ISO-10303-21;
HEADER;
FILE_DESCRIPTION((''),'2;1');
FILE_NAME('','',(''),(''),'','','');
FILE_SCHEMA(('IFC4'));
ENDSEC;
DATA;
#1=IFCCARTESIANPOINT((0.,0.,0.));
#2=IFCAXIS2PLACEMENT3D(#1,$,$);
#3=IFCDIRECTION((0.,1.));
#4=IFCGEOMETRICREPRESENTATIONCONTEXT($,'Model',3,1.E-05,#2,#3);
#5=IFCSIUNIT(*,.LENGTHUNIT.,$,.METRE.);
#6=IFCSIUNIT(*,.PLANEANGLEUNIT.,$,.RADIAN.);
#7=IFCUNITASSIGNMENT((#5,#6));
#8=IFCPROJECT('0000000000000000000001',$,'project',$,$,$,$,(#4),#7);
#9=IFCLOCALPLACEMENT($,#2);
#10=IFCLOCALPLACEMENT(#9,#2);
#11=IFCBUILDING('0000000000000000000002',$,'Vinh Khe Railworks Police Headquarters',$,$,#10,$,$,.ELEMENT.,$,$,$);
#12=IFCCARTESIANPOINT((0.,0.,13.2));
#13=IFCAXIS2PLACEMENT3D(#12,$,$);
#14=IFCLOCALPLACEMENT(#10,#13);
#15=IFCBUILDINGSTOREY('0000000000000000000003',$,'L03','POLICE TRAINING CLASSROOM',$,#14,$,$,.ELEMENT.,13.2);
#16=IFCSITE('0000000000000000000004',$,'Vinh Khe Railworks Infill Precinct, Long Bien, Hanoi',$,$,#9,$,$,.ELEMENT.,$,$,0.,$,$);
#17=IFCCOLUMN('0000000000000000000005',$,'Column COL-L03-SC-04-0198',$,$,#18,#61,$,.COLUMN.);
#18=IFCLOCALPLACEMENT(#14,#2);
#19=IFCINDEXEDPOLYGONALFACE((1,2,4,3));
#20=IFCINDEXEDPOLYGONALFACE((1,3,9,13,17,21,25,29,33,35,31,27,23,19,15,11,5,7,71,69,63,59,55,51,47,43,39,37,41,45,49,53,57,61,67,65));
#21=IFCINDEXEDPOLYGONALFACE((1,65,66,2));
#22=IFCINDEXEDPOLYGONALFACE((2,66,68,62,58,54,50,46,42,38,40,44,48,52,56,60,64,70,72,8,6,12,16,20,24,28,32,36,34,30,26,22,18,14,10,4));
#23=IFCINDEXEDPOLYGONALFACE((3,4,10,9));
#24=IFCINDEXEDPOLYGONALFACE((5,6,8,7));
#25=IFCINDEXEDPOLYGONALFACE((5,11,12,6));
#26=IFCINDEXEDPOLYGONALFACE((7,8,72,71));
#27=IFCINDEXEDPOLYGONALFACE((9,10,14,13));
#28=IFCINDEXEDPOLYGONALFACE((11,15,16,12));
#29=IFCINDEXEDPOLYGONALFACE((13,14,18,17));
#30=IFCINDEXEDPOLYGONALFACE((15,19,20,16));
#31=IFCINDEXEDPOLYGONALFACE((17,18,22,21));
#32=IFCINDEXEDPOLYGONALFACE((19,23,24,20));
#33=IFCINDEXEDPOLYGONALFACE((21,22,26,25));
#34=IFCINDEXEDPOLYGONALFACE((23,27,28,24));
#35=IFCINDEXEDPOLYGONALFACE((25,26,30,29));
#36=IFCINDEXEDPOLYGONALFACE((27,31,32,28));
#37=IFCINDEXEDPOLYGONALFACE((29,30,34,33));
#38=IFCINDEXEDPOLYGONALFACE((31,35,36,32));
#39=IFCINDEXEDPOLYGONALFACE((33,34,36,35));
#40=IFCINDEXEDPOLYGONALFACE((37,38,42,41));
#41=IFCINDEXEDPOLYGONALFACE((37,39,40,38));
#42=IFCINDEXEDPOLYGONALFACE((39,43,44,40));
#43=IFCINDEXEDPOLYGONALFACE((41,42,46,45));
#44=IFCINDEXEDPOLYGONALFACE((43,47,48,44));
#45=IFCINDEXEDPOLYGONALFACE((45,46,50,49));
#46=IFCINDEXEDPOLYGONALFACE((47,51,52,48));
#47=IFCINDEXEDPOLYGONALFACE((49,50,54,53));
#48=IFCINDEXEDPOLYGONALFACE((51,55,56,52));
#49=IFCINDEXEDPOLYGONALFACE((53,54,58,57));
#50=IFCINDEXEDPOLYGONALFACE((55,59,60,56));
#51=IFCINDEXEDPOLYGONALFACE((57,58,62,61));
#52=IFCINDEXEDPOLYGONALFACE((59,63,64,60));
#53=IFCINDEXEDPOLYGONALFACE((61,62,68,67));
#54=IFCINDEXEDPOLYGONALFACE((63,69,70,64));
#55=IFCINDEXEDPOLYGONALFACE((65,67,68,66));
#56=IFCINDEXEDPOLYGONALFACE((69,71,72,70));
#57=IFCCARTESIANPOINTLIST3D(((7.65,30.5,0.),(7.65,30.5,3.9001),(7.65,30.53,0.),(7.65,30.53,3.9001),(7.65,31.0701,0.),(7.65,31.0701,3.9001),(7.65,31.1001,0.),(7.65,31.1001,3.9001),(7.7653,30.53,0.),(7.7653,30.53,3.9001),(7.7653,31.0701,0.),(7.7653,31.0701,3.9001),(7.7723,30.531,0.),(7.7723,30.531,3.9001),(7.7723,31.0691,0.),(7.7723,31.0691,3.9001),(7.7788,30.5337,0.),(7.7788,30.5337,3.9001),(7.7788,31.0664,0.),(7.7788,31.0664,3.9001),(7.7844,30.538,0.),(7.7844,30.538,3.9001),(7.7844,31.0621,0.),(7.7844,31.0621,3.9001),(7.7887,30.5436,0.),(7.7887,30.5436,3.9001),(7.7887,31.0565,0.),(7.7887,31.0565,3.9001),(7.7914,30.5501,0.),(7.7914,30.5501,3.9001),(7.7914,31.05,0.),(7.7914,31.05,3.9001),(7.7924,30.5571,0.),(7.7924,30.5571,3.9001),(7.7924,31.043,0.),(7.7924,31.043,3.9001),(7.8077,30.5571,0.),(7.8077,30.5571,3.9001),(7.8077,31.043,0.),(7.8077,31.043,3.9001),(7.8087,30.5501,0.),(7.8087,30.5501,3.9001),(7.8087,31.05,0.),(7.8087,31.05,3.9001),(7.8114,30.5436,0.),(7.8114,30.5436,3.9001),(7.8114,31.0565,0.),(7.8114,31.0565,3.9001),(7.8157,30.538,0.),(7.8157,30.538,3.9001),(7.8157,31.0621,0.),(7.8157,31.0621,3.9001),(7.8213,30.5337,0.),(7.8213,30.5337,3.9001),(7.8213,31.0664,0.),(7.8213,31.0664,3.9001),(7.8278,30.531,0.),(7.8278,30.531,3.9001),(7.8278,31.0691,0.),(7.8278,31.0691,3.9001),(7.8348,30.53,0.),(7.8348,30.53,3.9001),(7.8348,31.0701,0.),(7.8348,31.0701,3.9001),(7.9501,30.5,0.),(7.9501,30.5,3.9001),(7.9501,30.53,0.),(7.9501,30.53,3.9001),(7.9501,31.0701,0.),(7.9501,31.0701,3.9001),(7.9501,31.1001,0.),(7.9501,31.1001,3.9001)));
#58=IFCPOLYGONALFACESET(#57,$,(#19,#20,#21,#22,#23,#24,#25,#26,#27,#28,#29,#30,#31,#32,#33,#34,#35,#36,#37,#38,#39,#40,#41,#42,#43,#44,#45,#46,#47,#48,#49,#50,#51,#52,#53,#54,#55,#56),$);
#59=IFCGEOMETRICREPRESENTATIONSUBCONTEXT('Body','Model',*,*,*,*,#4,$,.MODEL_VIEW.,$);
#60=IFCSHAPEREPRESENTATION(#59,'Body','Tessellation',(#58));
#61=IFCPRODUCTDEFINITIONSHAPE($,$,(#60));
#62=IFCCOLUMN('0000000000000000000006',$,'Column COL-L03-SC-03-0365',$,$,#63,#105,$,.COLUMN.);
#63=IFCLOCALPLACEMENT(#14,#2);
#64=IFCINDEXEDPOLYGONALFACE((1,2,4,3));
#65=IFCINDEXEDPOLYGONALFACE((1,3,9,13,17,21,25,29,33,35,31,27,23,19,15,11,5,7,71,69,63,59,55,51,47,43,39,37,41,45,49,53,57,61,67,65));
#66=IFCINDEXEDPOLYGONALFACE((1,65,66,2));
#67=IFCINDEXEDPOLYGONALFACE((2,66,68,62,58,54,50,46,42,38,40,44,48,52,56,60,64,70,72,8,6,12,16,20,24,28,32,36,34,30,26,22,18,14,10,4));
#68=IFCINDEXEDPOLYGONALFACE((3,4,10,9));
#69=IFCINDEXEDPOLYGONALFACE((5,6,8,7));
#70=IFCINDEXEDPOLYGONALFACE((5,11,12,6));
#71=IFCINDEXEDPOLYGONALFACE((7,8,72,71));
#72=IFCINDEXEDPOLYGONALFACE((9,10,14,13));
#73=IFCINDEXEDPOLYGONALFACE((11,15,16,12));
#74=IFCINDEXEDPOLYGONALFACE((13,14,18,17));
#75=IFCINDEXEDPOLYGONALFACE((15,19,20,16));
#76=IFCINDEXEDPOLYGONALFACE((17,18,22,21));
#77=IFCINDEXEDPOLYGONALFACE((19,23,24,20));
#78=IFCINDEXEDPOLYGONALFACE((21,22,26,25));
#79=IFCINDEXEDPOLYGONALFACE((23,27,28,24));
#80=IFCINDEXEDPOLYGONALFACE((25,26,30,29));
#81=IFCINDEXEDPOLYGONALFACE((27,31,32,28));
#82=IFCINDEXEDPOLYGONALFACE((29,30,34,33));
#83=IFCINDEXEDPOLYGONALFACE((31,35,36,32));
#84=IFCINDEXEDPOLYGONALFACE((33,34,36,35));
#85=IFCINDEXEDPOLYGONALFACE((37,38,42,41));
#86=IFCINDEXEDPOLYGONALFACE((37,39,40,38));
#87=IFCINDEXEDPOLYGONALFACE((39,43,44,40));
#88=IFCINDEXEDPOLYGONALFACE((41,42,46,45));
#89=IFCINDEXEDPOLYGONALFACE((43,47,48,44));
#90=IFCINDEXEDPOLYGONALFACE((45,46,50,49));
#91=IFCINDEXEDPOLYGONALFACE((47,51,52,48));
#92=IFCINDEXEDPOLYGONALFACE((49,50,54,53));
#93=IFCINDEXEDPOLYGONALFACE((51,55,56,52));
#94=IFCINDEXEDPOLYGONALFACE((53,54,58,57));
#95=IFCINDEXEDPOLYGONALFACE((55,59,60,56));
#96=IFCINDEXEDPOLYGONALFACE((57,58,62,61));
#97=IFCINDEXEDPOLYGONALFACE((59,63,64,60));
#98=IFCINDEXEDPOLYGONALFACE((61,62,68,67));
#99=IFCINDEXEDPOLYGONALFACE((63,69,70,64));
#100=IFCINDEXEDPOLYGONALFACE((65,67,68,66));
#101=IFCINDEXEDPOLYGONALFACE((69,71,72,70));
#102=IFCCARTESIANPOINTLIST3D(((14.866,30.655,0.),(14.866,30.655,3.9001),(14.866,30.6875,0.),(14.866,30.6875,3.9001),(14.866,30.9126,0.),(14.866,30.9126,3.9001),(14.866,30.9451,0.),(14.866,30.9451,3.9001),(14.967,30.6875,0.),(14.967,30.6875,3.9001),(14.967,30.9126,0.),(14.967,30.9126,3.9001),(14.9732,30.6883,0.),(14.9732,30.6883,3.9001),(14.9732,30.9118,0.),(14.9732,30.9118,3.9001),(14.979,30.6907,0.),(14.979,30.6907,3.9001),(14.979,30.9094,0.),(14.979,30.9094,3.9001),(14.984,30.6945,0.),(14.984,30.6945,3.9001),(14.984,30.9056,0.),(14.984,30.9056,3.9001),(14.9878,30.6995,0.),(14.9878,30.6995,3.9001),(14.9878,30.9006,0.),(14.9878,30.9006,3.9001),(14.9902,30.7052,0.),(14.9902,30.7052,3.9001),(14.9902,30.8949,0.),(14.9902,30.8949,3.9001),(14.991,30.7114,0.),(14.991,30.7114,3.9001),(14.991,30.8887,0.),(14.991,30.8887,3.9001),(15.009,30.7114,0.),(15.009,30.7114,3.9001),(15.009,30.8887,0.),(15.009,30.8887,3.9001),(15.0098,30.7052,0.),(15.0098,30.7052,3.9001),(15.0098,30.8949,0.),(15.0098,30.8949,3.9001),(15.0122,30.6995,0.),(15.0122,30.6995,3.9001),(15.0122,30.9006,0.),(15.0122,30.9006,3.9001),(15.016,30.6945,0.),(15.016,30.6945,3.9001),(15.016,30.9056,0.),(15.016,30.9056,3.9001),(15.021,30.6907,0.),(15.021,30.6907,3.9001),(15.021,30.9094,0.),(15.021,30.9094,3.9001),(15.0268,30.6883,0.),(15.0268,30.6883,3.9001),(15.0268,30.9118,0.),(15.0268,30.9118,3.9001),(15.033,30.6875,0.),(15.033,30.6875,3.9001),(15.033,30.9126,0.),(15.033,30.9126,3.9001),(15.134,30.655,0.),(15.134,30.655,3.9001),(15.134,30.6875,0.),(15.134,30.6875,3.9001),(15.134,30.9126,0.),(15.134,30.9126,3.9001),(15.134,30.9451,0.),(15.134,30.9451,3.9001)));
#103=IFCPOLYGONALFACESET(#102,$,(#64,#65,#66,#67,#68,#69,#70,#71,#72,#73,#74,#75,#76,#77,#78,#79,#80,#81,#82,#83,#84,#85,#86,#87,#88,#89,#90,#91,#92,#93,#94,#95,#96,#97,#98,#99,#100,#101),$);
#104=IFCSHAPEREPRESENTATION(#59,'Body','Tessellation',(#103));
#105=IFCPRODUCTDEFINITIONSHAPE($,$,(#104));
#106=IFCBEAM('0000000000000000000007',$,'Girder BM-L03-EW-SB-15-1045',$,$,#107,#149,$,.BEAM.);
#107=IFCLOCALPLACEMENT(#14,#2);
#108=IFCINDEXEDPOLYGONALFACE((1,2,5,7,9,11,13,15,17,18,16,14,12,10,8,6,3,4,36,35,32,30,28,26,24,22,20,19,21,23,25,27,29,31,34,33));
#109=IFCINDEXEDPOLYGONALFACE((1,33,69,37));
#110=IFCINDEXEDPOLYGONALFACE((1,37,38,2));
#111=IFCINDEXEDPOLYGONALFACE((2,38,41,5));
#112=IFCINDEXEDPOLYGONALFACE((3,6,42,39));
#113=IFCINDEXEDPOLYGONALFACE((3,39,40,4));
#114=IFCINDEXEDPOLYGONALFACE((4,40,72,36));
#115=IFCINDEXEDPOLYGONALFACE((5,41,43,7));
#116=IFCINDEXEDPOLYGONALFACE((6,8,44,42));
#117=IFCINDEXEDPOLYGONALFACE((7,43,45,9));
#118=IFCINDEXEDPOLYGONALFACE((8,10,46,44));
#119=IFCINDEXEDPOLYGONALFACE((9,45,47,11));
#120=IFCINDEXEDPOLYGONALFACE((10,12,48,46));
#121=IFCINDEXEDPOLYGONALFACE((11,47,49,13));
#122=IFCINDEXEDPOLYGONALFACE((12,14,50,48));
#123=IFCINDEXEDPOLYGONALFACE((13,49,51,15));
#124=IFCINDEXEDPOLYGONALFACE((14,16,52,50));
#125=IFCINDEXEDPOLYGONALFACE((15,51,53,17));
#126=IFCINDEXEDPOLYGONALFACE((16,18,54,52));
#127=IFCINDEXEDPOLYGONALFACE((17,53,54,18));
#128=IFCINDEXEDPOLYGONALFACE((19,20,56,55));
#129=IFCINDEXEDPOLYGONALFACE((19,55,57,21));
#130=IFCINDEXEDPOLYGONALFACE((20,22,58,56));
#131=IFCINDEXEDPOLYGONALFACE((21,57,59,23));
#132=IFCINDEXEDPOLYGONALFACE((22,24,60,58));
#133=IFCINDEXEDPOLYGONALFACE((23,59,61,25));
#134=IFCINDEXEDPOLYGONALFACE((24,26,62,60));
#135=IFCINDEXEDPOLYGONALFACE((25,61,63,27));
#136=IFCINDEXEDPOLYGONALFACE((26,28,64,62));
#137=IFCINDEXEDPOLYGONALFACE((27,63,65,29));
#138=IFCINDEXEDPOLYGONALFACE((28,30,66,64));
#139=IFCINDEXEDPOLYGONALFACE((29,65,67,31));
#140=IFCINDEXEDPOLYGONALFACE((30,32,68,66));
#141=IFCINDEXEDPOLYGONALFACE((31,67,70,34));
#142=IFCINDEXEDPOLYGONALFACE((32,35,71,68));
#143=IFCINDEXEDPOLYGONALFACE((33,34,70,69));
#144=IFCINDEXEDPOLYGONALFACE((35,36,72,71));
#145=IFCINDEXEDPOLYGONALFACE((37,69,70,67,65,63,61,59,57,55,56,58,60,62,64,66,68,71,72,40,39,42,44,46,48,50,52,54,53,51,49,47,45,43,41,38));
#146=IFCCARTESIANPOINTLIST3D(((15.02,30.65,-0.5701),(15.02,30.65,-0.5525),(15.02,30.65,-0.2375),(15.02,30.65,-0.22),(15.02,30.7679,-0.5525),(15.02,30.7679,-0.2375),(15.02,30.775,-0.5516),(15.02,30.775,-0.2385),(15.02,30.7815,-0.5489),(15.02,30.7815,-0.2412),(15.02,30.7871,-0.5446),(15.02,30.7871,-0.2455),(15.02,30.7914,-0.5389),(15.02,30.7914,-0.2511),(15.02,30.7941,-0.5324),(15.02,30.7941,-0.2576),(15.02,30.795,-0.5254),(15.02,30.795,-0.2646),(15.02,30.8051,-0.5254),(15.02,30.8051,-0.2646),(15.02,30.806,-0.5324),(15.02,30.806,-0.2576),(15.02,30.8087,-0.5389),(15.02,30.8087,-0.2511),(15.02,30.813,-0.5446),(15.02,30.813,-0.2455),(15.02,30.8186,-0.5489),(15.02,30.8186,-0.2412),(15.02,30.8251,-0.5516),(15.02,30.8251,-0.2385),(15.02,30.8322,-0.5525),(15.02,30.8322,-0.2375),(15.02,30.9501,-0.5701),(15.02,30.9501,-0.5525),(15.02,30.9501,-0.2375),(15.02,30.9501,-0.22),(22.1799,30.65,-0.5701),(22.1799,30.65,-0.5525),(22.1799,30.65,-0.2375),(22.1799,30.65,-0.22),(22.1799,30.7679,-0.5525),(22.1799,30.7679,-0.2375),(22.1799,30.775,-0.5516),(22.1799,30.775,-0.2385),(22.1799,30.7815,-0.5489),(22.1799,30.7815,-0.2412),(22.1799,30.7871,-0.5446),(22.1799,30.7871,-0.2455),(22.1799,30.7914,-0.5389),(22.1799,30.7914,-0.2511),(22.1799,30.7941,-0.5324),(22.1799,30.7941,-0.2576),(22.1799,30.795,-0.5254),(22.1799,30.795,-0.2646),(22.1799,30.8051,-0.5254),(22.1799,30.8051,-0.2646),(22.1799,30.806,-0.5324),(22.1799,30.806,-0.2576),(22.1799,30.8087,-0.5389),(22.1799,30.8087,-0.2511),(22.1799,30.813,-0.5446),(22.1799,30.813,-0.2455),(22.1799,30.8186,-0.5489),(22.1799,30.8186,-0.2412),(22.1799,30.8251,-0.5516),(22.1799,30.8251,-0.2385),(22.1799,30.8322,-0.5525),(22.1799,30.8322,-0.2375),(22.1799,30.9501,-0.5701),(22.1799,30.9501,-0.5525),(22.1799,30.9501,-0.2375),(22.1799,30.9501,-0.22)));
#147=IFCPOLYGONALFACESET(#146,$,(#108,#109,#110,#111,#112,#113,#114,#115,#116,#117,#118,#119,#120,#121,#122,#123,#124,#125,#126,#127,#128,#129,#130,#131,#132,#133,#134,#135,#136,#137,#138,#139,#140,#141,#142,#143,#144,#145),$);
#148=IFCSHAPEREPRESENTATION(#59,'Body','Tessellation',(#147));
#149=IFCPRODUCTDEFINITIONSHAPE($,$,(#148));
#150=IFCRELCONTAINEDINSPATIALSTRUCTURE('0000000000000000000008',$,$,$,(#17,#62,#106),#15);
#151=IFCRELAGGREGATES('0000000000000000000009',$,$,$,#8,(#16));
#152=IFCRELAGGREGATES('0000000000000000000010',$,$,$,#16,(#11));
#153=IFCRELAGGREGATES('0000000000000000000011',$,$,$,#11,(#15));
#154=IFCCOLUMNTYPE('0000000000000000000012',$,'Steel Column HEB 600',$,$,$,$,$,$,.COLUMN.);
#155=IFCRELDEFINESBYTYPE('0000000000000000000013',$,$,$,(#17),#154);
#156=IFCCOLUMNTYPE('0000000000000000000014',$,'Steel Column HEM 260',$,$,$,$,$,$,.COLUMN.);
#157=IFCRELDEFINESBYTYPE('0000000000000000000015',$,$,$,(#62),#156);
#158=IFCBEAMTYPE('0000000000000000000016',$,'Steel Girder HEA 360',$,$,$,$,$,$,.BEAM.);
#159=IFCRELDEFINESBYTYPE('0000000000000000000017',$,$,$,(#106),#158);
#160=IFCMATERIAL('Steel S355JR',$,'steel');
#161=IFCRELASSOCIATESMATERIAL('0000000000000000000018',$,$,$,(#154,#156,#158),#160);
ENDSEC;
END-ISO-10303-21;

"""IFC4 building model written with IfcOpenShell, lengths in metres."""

from ifc_helpers import new_model, si_unit, direction, frame, origin, origin_2d, place, context, subcontext, project, spatial, i_section, extrude, material, material_profile, profile_set, type_object, element, save


model = new_model("IFC4")

# Units and contexts
model_context = context("Model", 3, precision=1e-05, world=origin(), true_north=direction((0.0, 1.0)))
body_context = subcontext(model_context, "Body", "Model", "MODEL_VIEW")
ifc_project = project(units=[si_unit("LENGTHUNIT", "METRE"), si_unit("PLANEANGLEUNIT", "RADIAN")], contexts=[model_context])

# Site, building, storey
site_placement = place(None, origin())
site = spatial("IfcSite", under=ifc_project, at=site_placement, Name="Vinh Khe Railworks Infill Precinct, Long Bien, Hanoi", CompositionType="ELEMENT", RefElevation=0.0)
building_placement = place(site_placement, origin())
building = spatial("IfcBuilding", under=site, at=building_placement, Name="Vinh Khe Railworks Police Headquarters", CompositionType="ELEMENT")
storey_placement = place(building_placement, frame((0.0, 0.0, 13.2)))
storey = spatial("IfcBuildingStorey", under=building, at=storey_placement, Name="L03", Description="POLICE TRAINING CLASSROOM", CompositionType="ELEMENT", Elevation=13.2)

# Columns
ifc_material_1 = material(Name="Steel S355JR", Category="steel")
ifc_material_profile_1 = material_profile(ifc_material_1, i_section(OverallWidth=0.3, OverallDepth=0.6001, WebThickness=0.0154, FlangeThickness=0.03, FilletRadius=0.0271, at=origin_2d()), Name="HEB 600")
ifc_profile_set_1 = profile_set([ifc_material_profile_1], Name="Steel S355JR")
column_type_1 = type_object("IfcColumnType", Name="Steel Column HEB 600", PredefinedType="COLUMN", material=ifc_profile_set_1)
column_1_placement = place(storey_placement, frame((7.8, 30.8, 0.0), z_axis=(0.0, 0.0, 1.0), x_axis=(1.0, 0.0, 0.0)))
element("IfcColumn", 1, at=column_1_placement, inside=storey, type_object=column_type_1, Name="Column COL-L03-SC-04-0198", PredefinedType="COLUMN", context=body_context, shape_type="SweptSolid", body=[
    extrude(i_section(OverallWidth=0.3, OverallDepth=0.6001, WebThickness=0.0154, FlangeThickness=0.03, FilletRadius=0.0271, at=origin_2d()), origin(), (0.0, 0.0, 1.0), 3.9001),
])
ifc_material_profile_2 = material_profile(ifc_material_1, i_section(OverallWidth=0.2681, OverallDepth=0.29, WebThickness=0.0181, FlangeThickness=0.0325, FilletRadius=0.0239, at=origin_2d()), Name="HEM 260")
ifc_profile_set_2 = profile_set([ifc_material_profile_2], Name="Steel S355JR")
column_type_2 = type_object("IfcColumnType", Name="Steel Column HEM 260", PredefinedType="COLUMN", material=ifc_profile_set_2)
column_2_placement = place(storey_placement, frame((15.0, 30.8, 0.0), z_axis=(0.0, 0.0, 1.0), x_axis=(1.0, 0.0, 0.0)))
element("IfcColumn", 2, at=column_2_placement, inside=storey, type_object=column_type_2, Name="Column COL-L03-SC-03-0365", PredefinedType="COLUMN", context=body_context, shape_type="SweptSolid", body=[
    extrude(i_section(OverallWidth=0.2681, OverallDepth=0.29, WebThickness=0.0181, FlangeThickness=0.0325, FilletRadius=0.0239, at=origin_2d()), origin(), (0.0, 0.0, 1.0), 3.9001),
])

# Beam
ifc_material_profile_3 = material_profile(ifc_material_1, i_section(OverallWidth=0.3, OverallDepth=0.3501, WebThickness=0.01, FlangeThickness=0.0176, FilletRadius=0.0271, at=origin_2d()), Name="HEA 360")
ifc_profile_set_3 = profile_set([ifc_material_profile_3], Name="Steel S355JR")
beam_type_1 = type_object("IfcBeamType", Name="Steel Girder HEA 360", PredefinedType="BEAM", material=ifc_profile_set_3)
beam_1_placement = place(storey_placement, frame((15.02, 30.8, -0.395), z_axis=(1.0, 0.0, 0.0), x_axis=(0.0, 1.0, 0.0)))
element("IfcBeam", 3, at=beam_1_placement, inside=storey, type_object=beam_type_1, Name="Girder BM-L03-EW-SB-15-1045", PredefinedType="BEAM", context=body_context, shape_type="SweptSolid", body=[
    extrude(i_section(OverallWidth=0.3, OverallDepth=0.3501, WebThickness=0.01, FlangeThickness=0.0176, FilletRadius=0.0271, at=origin_2d()), origin(), (0.0, 0.0, 1.0), 7.1599),
])

save(model, "model.ifc")
